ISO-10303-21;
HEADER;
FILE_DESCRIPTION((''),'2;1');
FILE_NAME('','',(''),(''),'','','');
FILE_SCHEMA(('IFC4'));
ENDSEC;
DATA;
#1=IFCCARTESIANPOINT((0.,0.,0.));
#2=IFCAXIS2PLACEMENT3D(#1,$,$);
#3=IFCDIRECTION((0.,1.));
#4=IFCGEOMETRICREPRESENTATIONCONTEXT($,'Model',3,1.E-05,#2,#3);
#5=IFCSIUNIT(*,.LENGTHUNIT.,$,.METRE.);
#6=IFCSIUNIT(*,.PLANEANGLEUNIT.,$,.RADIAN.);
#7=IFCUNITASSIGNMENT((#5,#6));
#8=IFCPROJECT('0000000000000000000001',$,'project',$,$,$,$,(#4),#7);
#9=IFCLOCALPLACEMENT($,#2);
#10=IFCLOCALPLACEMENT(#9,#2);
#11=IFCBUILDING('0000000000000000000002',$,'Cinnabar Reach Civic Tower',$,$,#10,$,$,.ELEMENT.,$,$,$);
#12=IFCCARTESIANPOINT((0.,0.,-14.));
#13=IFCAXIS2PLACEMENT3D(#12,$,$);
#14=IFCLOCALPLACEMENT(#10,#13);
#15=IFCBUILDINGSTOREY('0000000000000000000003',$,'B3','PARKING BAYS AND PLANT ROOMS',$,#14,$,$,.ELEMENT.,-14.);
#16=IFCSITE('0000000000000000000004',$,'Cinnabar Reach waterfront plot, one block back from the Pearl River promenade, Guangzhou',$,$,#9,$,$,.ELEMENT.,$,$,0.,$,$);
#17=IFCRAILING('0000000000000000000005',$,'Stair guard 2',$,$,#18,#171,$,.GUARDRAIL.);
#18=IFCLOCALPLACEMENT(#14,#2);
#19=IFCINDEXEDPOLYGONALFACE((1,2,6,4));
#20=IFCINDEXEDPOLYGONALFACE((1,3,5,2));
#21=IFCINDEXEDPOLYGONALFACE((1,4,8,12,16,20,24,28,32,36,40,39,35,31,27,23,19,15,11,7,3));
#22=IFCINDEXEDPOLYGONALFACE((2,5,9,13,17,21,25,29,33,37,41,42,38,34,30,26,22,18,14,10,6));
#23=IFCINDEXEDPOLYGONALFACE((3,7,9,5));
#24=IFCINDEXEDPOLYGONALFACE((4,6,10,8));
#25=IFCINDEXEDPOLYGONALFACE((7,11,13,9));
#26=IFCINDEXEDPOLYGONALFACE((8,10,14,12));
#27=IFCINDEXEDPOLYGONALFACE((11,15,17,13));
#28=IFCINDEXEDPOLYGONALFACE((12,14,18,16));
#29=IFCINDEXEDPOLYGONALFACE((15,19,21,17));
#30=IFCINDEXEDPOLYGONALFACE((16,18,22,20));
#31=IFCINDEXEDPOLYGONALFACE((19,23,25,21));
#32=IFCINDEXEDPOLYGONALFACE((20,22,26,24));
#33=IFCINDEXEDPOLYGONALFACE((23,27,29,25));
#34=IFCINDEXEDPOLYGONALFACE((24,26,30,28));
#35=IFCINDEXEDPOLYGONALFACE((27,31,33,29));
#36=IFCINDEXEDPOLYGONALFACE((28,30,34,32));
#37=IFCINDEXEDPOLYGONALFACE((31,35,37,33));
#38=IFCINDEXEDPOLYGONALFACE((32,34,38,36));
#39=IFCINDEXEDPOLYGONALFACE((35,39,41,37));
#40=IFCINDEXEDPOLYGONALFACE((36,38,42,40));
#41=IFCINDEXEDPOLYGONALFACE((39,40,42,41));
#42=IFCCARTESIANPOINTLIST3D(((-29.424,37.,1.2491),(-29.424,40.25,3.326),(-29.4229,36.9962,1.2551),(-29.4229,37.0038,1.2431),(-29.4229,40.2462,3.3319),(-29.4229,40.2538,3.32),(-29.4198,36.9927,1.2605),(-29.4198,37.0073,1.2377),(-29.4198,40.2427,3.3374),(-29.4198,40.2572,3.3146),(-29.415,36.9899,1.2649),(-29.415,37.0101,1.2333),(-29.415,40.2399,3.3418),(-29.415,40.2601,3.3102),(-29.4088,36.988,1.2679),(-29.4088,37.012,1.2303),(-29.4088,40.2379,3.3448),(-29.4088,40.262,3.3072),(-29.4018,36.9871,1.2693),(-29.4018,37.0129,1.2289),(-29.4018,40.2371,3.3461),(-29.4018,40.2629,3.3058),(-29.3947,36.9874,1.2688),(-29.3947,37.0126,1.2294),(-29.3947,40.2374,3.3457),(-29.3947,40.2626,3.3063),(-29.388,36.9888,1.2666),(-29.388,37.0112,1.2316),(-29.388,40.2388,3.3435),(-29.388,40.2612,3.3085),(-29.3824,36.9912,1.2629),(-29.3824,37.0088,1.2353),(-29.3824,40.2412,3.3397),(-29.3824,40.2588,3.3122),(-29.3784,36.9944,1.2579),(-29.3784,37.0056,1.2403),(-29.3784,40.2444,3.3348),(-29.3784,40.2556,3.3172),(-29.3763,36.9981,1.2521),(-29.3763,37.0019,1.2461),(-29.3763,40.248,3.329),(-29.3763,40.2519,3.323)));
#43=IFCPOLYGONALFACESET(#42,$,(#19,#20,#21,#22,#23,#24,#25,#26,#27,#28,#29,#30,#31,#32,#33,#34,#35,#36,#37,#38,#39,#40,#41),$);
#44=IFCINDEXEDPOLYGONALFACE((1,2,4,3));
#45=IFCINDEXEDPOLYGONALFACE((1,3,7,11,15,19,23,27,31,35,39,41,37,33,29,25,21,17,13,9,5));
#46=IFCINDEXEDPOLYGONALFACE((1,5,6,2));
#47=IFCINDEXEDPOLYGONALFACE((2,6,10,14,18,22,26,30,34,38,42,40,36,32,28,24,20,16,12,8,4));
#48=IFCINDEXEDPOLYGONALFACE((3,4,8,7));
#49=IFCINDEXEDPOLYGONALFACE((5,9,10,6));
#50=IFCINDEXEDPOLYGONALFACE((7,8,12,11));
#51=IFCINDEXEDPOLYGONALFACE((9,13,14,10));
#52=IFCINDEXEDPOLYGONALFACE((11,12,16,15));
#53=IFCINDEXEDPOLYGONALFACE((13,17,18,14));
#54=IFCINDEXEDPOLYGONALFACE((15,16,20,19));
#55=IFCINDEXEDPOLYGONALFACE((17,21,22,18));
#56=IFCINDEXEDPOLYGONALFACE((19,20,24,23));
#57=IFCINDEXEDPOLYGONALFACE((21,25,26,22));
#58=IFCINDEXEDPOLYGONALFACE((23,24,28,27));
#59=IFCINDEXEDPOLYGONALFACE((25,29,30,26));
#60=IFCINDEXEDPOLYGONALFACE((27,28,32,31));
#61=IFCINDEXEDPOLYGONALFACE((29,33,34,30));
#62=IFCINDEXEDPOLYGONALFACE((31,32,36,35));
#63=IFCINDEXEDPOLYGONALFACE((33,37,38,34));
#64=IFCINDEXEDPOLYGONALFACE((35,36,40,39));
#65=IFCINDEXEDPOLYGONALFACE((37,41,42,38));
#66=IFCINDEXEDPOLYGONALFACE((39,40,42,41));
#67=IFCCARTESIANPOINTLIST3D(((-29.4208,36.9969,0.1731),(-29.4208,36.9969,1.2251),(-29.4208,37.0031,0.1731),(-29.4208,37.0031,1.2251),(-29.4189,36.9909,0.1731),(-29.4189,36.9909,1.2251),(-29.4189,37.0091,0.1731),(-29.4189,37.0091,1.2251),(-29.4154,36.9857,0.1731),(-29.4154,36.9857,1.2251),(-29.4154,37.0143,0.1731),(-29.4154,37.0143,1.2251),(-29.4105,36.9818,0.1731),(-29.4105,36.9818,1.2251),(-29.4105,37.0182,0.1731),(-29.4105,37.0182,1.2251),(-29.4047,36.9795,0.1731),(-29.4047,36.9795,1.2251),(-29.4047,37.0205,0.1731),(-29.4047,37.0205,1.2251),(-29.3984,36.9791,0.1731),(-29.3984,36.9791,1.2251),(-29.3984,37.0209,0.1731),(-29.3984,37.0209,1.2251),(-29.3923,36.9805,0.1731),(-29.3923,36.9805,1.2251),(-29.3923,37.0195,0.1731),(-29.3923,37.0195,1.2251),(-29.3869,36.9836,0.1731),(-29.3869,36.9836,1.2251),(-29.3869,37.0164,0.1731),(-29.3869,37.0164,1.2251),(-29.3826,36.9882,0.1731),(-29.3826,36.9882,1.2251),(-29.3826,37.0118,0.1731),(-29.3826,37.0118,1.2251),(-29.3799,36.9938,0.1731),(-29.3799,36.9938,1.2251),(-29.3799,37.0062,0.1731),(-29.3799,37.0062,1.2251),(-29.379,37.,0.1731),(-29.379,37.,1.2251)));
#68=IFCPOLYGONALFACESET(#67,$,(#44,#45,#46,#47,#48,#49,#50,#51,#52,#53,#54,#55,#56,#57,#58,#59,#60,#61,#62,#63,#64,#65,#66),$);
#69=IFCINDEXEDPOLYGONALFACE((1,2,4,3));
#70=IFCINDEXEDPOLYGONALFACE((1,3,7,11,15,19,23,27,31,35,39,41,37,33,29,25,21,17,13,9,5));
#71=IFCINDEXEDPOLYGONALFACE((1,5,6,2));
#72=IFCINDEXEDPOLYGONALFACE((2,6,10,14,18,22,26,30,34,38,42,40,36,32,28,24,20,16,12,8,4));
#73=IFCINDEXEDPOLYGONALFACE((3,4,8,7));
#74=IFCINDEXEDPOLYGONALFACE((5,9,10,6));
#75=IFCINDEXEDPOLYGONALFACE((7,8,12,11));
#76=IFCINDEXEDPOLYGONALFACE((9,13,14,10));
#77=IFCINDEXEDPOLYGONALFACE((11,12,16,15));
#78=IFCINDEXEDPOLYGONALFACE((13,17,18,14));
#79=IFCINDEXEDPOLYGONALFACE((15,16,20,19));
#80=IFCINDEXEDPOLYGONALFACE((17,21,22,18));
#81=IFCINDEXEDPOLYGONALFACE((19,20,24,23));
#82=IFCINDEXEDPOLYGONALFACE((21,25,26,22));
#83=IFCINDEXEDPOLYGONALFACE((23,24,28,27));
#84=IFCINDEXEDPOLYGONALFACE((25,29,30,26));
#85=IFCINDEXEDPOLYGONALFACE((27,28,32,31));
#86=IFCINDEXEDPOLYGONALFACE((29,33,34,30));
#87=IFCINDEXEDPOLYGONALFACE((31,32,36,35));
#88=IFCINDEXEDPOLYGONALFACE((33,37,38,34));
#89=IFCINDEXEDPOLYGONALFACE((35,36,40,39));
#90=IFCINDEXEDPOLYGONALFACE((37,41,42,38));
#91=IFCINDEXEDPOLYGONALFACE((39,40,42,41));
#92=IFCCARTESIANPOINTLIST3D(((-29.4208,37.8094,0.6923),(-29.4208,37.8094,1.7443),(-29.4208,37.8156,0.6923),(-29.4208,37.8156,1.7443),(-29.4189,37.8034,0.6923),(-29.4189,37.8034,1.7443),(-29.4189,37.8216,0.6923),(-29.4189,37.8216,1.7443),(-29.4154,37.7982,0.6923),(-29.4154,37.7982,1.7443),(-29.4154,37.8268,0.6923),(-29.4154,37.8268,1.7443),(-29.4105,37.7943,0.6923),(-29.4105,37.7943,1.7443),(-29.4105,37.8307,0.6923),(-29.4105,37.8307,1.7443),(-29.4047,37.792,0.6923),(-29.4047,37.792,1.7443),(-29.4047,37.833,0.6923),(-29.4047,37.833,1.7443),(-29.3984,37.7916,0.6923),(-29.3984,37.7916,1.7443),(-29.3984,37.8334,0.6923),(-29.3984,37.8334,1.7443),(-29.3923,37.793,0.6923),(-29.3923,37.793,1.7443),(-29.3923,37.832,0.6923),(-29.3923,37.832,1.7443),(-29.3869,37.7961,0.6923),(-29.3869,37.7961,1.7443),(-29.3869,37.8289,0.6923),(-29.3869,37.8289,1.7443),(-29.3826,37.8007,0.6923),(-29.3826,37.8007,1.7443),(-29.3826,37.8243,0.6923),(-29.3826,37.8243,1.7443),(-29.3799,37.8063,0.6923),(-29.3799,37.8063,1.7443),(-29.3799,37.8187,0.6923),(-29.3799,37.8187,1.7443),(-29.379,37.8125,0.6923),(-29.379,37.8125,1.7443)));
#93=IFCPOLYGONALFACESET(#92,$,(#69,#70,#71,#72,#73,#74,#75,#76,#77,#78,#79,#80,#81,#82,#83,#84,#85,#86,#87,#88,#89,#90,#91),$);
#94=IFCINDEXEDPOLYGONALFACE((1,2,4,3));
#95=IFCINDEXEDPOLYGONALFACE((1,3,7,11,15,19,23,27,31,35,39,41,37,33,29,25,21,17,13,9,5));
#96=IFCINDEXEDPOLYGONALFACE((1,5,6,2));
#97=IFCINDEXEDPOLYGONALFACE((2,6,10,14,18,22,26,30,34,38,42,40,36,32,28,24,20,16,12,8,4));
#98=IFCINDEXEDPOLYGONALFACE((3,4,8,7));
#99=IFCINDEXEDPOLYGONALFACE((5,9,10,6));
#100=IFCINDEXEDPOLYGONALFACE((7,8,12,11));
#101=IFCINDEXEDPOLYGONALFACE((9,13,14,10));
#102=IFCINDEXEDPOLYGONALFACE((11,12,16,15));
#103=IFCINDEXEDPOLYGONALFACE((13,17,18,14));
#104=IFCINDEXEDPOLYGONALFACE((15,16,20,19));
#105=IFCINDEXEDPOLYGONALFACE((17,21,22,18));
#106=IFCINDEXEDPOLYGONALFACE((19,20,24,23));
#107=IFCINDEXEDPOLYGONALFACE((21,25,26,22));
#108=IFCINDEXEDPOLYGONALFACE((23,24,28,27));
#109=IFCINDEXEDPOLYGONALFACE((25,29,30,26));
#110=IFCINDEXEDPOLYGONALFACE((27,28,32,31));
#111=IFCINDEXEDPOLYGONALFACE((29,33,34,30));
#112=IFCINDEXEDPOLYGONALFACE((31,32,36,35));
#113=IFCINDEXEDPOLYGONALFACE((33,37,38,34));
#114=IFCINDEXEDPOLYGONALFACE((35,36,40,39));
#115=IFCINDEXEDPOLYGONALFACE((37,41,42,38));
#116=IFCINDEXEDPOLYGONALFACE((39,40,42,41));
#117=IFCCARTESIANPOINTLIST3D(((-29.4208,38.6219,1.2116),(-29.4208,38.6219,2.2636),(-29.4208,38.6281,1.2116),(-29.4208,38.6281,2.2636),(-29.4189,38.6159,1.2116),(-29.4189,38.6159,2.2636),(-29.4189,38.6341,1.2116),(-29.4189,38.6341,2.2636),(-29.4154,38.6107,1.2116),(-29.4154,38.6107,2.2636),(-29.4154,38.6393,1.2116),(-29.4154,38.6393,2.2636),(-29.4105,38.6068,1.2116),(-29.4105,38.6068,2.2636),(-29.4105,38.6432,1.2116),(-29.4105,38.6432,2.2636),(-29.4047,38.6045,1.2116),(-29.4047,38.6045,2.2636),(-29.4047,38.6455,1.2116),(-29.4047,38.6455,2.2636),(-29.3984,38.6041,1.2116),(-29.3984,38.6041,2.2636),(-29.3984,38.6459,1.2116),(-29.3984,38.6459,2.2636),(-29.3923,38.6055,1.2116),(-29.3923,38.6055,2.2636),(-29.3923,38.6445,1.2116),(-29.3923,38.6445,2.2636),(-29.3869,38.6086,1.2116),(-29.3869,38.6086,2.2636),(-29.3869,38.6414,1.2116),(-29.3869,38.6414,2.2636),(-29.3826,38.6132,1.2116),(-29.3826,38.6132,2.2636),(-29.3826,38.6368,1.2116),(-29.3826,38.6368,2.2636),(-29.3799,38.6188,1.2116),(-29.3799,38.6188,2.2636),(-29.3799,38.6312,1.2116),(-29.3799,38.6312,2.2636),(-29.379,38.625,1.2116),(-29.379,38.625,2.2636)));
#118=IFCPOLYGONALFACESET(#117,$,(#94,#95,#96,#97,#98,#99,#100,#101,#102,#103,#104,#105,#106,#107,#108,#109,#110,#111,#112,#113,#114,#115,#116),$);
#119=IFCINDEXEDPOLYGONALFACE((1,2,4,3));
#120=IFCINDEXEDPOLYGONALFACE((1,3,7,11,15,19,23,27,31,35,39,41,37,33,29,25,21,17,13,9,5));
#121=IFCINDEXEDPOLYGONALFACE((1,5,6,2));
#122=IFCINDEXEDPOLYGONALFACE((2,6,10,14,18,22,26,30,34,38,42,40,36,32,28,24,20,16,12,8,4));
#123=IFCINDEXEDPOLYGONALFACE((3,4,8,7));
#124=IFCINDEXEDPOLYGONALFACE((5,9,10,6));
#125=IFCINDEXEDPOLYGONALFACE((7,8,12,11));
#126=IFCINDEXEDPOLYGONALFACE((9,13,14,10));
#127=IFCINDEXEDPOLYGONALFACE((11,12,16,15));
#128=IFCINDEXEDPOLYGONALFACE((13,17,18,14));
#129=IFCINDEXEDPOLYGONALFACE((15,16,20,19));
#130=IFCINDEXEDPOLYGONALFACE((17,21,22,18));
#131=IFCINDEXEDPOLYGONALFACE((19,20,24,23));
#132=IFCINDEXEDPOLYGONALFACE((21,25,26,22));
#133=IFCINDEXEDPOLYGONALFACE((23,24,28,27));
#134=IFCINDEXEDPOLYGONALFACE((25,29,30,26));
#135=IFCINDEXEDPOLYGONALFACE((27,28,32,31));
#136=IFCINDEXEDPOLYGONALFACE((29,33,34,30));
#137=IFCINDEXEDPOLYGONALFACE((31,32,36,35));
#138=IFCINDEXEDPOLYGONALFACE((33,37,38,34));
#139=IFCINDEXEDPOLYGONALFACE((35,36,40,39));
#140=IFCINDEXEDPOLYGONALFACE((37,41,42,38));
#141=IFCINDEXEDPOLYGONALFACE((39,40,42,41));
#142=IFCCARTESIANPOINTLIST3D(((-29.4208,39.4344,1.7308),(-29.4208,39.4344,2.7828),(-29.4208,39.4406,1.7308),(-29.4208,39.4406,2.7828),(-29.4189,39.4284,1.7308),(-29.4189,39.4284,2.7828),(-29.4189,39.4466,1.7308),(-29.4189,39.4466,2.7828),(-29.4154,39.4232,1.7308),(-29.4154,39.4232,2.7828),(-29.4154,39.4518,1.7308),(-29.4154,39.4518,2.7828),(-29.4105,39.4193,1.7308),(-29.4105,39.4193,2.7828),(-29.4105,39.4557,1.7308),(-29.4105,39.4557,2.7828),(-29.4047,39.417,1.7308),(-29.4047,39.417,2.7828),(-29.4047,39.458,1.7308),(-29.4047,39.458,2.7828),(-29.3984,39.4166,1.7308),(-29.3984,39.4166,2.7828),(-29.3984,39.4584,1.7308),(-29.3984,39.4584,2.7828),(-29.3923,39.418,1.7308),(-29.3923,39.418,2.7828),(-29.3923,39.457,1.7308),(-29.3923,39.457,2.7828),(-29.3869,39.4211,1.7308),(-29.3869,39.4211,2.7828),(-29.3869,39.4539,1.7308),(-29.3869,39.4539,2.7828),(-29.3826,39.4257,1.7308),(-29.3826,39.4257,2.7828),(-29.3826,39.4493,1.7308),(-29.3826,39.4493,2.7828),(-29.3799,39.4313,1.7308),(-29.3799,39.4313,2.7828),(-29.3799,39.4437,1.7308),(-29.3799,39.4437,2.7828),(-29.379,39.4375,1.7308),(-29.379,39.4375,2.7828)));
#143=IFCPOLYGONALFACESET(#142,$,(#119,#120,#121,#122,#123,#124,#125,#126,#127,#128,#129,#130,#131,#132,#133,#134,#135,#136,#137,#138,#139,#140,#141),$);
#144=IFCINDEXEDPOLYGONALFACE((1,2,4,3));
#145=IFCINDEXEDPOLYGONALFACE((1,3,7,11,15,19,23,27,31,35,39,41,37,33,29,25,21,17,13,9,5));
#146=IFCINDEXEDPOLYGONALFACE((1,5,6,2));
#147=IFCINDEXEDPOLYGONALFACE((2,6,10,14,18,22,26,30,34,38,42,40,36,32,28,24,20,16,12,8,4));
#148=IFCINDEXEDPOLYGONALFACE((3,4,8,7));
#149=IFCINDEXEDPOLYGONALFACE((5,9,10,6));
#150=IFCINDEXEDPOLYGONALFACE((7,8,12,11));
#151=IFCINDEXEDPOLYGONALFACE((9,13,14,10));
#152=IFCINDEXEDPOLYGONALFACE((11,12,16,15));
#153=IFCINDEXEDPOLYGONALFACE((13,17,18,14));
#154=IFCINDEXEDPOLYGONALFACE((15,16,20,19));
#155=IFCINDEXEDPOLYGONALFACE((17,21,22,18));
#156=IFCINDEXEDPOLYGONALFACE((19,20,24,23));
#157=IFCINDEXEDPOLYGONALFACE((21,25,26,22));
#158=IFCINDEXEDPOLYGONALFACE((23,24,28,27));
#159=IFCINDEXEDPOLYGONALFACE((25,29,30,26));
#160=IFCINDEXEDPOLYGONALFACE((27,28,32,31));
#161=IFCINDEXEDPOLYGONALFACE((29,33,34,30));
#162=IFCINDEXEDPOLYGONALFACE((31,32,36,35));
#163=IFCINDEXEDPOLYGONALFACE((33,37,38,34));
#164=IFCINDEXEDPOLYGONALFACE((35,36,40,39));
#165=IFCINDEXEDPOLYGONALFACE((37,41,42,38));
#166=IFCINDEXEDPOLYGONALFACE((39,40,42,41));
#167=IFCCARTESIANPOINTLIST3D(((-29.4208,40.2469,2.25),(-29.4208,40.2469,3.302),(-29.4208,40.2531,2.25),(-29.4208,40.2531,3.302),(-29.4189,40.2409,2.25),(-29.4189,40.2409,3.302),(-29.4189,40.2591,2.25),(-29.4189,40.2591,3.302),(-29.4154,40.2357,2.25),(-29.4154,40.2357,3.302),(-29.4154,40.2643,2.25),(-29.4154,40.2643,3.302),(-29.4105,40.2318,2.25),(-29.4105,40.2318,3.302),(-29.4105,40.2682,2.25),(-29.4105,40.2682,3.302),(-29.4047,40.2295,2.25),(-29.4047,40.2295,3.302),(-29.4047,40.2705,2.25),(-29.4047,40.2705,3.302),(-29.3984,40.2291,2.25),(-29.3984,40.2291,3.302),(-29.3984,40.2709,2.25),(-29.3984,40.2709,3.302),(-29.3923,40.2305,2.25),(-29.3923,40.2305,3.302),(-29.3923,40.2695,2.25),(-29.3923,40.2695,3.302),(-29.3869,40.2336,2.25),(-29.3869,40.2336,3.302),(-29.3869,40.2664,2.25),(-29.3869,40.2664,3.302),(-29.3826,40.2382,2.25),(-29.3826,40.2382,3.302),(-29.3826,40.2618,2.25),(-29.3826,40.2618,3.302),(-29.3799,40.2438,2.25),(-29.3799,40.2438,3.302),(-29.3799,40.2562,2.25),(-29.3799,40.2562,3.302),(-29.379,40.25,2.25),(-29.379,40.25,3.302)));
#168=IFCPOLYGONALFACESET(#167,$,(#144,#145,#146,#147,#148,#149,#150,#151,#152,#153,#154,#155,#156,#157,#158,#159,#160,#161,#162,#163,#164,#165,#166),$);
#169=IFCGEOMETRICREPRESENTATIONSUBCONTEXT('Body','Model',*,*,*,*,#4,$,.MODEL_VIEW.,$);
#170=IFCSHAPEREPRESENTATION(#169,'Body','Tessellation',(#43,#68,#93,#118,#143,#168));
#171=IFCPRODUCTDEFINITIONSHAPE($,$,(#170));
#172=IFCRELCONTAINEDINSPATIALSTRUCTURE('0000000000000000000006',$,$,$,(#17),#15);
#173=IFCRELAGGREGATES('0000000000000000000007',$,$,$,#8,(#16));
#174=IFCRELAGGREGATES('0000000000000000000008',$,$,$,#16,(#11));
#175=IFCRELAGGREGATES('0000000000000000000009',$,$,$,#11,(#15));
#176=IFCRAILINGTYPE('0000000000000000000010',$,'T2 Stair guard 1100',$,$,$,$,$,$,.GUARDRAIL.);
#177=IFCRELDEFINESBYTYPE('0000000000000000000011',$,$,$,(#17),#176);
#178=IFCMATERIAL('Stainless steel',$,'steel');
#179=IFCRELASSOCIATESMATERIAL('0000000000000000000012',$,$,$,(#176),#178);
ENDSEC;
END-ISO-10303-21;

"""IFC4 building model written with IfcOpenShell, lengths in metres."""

from ifc_helpers import new_model, si_unit, direction, frame, origin, origin_2d, place, context, subcontext, project, spatial, circle, extrude, material, type_object, element, save


model = new_model("IFC4")

# Units and contexts
model_context = context("Model", 3, precision=1e-05, world=origin(), true_north=direction((0.0, 1.0)))
body_context = subcontext(model_context, "Body", "Model", "MODEL_VIEW")
ifc_project = project(units=[si_unit("LENGTHUNIT", "METRE"), si_unit("PLANEANGLEUNIT", "RADIAN")], contexts=[model_context])

# Site, building, storey
site_placement = place(None, origin())
site = spatial("IfcSite", under=ifc_project, at=site_placement, Name="Cinnabar Reach waterfront plot, one block back from the Pearl River promenade, Guangzhou", CompositionType="ELEMENT", RefElevation=0.0)
building_placement = place(site_placement, origin())
building = spatial("IfcBuilding", under=site, at=building_placement, Name="Cinnabar Reach Civic Tower", CompositionType="ELEMENT")
storey_placement = place(building_placement, frame((0.0, 0.0, -14.0)))
storey = spatial("IfcBuildingStorey", under=building, at=storey_placement, Name="B3", Description="PARKING BAYS AND PLANT ROOMS", CompositionType="ELEMENT", Elevation=-14.0)

# Railing
ifc_material_1 = material(Name="Stainless steel", Category="steel")
railing_type = type_object("IfcRailingType", Name="T2 Stair guard 1100", PredefinedType="GUARDRAIL", material=ifc_material_1)
railing_1_placement = place(storey_placement, frame((-29.4, 37.0, 0.1731)))
element("IfcRailing", 1, at=railing_1_placement, inside=storey, type_object=railing_type, Name="Stair guard 2", PredefinedType="GUARDRAIL", context=body_context, shape_type="SweptSolid", body=[
    extrude(circle(Radius=0.024, at=origin_2d()), frame((0.0, 0.0, 1.076), z_axis=(0.0, 0.842636, 0.538483), x_axis=(-1.0, 0.0, 0.0)), (0.0, 0.0, 1.0), 3.8569),
    extrude(circle(Radius=0.021, at=origin_2d()), origin(), (0.0, 0.0, 1.0), 1.052),
    extrude(circle(Radius=0.021, at=origin_2d()), frame((0.0, 0.8125, 0.5192)), (0.0, 0.0, 1.0), 1.052),
    extrude(circle(Radius=0.021, at=origin_2d()), frame((0.0, 1.625, 1.0385)), (0.0, 0.0, 1.0), 1.052),
    extrude(circle(Radius=0.021, at=origin_2d()), frame((0.0, 2.4375, 1.5577)), (0.0, 0.0, 1.0), 1.052),
    extrude(circle(Radius=0.021, at=origin_2d()), frame((0.0, 3.25, 2.0769)), (0.0, 0.0, 1.0), 1.052),
])

save(model, "model.ifc")
